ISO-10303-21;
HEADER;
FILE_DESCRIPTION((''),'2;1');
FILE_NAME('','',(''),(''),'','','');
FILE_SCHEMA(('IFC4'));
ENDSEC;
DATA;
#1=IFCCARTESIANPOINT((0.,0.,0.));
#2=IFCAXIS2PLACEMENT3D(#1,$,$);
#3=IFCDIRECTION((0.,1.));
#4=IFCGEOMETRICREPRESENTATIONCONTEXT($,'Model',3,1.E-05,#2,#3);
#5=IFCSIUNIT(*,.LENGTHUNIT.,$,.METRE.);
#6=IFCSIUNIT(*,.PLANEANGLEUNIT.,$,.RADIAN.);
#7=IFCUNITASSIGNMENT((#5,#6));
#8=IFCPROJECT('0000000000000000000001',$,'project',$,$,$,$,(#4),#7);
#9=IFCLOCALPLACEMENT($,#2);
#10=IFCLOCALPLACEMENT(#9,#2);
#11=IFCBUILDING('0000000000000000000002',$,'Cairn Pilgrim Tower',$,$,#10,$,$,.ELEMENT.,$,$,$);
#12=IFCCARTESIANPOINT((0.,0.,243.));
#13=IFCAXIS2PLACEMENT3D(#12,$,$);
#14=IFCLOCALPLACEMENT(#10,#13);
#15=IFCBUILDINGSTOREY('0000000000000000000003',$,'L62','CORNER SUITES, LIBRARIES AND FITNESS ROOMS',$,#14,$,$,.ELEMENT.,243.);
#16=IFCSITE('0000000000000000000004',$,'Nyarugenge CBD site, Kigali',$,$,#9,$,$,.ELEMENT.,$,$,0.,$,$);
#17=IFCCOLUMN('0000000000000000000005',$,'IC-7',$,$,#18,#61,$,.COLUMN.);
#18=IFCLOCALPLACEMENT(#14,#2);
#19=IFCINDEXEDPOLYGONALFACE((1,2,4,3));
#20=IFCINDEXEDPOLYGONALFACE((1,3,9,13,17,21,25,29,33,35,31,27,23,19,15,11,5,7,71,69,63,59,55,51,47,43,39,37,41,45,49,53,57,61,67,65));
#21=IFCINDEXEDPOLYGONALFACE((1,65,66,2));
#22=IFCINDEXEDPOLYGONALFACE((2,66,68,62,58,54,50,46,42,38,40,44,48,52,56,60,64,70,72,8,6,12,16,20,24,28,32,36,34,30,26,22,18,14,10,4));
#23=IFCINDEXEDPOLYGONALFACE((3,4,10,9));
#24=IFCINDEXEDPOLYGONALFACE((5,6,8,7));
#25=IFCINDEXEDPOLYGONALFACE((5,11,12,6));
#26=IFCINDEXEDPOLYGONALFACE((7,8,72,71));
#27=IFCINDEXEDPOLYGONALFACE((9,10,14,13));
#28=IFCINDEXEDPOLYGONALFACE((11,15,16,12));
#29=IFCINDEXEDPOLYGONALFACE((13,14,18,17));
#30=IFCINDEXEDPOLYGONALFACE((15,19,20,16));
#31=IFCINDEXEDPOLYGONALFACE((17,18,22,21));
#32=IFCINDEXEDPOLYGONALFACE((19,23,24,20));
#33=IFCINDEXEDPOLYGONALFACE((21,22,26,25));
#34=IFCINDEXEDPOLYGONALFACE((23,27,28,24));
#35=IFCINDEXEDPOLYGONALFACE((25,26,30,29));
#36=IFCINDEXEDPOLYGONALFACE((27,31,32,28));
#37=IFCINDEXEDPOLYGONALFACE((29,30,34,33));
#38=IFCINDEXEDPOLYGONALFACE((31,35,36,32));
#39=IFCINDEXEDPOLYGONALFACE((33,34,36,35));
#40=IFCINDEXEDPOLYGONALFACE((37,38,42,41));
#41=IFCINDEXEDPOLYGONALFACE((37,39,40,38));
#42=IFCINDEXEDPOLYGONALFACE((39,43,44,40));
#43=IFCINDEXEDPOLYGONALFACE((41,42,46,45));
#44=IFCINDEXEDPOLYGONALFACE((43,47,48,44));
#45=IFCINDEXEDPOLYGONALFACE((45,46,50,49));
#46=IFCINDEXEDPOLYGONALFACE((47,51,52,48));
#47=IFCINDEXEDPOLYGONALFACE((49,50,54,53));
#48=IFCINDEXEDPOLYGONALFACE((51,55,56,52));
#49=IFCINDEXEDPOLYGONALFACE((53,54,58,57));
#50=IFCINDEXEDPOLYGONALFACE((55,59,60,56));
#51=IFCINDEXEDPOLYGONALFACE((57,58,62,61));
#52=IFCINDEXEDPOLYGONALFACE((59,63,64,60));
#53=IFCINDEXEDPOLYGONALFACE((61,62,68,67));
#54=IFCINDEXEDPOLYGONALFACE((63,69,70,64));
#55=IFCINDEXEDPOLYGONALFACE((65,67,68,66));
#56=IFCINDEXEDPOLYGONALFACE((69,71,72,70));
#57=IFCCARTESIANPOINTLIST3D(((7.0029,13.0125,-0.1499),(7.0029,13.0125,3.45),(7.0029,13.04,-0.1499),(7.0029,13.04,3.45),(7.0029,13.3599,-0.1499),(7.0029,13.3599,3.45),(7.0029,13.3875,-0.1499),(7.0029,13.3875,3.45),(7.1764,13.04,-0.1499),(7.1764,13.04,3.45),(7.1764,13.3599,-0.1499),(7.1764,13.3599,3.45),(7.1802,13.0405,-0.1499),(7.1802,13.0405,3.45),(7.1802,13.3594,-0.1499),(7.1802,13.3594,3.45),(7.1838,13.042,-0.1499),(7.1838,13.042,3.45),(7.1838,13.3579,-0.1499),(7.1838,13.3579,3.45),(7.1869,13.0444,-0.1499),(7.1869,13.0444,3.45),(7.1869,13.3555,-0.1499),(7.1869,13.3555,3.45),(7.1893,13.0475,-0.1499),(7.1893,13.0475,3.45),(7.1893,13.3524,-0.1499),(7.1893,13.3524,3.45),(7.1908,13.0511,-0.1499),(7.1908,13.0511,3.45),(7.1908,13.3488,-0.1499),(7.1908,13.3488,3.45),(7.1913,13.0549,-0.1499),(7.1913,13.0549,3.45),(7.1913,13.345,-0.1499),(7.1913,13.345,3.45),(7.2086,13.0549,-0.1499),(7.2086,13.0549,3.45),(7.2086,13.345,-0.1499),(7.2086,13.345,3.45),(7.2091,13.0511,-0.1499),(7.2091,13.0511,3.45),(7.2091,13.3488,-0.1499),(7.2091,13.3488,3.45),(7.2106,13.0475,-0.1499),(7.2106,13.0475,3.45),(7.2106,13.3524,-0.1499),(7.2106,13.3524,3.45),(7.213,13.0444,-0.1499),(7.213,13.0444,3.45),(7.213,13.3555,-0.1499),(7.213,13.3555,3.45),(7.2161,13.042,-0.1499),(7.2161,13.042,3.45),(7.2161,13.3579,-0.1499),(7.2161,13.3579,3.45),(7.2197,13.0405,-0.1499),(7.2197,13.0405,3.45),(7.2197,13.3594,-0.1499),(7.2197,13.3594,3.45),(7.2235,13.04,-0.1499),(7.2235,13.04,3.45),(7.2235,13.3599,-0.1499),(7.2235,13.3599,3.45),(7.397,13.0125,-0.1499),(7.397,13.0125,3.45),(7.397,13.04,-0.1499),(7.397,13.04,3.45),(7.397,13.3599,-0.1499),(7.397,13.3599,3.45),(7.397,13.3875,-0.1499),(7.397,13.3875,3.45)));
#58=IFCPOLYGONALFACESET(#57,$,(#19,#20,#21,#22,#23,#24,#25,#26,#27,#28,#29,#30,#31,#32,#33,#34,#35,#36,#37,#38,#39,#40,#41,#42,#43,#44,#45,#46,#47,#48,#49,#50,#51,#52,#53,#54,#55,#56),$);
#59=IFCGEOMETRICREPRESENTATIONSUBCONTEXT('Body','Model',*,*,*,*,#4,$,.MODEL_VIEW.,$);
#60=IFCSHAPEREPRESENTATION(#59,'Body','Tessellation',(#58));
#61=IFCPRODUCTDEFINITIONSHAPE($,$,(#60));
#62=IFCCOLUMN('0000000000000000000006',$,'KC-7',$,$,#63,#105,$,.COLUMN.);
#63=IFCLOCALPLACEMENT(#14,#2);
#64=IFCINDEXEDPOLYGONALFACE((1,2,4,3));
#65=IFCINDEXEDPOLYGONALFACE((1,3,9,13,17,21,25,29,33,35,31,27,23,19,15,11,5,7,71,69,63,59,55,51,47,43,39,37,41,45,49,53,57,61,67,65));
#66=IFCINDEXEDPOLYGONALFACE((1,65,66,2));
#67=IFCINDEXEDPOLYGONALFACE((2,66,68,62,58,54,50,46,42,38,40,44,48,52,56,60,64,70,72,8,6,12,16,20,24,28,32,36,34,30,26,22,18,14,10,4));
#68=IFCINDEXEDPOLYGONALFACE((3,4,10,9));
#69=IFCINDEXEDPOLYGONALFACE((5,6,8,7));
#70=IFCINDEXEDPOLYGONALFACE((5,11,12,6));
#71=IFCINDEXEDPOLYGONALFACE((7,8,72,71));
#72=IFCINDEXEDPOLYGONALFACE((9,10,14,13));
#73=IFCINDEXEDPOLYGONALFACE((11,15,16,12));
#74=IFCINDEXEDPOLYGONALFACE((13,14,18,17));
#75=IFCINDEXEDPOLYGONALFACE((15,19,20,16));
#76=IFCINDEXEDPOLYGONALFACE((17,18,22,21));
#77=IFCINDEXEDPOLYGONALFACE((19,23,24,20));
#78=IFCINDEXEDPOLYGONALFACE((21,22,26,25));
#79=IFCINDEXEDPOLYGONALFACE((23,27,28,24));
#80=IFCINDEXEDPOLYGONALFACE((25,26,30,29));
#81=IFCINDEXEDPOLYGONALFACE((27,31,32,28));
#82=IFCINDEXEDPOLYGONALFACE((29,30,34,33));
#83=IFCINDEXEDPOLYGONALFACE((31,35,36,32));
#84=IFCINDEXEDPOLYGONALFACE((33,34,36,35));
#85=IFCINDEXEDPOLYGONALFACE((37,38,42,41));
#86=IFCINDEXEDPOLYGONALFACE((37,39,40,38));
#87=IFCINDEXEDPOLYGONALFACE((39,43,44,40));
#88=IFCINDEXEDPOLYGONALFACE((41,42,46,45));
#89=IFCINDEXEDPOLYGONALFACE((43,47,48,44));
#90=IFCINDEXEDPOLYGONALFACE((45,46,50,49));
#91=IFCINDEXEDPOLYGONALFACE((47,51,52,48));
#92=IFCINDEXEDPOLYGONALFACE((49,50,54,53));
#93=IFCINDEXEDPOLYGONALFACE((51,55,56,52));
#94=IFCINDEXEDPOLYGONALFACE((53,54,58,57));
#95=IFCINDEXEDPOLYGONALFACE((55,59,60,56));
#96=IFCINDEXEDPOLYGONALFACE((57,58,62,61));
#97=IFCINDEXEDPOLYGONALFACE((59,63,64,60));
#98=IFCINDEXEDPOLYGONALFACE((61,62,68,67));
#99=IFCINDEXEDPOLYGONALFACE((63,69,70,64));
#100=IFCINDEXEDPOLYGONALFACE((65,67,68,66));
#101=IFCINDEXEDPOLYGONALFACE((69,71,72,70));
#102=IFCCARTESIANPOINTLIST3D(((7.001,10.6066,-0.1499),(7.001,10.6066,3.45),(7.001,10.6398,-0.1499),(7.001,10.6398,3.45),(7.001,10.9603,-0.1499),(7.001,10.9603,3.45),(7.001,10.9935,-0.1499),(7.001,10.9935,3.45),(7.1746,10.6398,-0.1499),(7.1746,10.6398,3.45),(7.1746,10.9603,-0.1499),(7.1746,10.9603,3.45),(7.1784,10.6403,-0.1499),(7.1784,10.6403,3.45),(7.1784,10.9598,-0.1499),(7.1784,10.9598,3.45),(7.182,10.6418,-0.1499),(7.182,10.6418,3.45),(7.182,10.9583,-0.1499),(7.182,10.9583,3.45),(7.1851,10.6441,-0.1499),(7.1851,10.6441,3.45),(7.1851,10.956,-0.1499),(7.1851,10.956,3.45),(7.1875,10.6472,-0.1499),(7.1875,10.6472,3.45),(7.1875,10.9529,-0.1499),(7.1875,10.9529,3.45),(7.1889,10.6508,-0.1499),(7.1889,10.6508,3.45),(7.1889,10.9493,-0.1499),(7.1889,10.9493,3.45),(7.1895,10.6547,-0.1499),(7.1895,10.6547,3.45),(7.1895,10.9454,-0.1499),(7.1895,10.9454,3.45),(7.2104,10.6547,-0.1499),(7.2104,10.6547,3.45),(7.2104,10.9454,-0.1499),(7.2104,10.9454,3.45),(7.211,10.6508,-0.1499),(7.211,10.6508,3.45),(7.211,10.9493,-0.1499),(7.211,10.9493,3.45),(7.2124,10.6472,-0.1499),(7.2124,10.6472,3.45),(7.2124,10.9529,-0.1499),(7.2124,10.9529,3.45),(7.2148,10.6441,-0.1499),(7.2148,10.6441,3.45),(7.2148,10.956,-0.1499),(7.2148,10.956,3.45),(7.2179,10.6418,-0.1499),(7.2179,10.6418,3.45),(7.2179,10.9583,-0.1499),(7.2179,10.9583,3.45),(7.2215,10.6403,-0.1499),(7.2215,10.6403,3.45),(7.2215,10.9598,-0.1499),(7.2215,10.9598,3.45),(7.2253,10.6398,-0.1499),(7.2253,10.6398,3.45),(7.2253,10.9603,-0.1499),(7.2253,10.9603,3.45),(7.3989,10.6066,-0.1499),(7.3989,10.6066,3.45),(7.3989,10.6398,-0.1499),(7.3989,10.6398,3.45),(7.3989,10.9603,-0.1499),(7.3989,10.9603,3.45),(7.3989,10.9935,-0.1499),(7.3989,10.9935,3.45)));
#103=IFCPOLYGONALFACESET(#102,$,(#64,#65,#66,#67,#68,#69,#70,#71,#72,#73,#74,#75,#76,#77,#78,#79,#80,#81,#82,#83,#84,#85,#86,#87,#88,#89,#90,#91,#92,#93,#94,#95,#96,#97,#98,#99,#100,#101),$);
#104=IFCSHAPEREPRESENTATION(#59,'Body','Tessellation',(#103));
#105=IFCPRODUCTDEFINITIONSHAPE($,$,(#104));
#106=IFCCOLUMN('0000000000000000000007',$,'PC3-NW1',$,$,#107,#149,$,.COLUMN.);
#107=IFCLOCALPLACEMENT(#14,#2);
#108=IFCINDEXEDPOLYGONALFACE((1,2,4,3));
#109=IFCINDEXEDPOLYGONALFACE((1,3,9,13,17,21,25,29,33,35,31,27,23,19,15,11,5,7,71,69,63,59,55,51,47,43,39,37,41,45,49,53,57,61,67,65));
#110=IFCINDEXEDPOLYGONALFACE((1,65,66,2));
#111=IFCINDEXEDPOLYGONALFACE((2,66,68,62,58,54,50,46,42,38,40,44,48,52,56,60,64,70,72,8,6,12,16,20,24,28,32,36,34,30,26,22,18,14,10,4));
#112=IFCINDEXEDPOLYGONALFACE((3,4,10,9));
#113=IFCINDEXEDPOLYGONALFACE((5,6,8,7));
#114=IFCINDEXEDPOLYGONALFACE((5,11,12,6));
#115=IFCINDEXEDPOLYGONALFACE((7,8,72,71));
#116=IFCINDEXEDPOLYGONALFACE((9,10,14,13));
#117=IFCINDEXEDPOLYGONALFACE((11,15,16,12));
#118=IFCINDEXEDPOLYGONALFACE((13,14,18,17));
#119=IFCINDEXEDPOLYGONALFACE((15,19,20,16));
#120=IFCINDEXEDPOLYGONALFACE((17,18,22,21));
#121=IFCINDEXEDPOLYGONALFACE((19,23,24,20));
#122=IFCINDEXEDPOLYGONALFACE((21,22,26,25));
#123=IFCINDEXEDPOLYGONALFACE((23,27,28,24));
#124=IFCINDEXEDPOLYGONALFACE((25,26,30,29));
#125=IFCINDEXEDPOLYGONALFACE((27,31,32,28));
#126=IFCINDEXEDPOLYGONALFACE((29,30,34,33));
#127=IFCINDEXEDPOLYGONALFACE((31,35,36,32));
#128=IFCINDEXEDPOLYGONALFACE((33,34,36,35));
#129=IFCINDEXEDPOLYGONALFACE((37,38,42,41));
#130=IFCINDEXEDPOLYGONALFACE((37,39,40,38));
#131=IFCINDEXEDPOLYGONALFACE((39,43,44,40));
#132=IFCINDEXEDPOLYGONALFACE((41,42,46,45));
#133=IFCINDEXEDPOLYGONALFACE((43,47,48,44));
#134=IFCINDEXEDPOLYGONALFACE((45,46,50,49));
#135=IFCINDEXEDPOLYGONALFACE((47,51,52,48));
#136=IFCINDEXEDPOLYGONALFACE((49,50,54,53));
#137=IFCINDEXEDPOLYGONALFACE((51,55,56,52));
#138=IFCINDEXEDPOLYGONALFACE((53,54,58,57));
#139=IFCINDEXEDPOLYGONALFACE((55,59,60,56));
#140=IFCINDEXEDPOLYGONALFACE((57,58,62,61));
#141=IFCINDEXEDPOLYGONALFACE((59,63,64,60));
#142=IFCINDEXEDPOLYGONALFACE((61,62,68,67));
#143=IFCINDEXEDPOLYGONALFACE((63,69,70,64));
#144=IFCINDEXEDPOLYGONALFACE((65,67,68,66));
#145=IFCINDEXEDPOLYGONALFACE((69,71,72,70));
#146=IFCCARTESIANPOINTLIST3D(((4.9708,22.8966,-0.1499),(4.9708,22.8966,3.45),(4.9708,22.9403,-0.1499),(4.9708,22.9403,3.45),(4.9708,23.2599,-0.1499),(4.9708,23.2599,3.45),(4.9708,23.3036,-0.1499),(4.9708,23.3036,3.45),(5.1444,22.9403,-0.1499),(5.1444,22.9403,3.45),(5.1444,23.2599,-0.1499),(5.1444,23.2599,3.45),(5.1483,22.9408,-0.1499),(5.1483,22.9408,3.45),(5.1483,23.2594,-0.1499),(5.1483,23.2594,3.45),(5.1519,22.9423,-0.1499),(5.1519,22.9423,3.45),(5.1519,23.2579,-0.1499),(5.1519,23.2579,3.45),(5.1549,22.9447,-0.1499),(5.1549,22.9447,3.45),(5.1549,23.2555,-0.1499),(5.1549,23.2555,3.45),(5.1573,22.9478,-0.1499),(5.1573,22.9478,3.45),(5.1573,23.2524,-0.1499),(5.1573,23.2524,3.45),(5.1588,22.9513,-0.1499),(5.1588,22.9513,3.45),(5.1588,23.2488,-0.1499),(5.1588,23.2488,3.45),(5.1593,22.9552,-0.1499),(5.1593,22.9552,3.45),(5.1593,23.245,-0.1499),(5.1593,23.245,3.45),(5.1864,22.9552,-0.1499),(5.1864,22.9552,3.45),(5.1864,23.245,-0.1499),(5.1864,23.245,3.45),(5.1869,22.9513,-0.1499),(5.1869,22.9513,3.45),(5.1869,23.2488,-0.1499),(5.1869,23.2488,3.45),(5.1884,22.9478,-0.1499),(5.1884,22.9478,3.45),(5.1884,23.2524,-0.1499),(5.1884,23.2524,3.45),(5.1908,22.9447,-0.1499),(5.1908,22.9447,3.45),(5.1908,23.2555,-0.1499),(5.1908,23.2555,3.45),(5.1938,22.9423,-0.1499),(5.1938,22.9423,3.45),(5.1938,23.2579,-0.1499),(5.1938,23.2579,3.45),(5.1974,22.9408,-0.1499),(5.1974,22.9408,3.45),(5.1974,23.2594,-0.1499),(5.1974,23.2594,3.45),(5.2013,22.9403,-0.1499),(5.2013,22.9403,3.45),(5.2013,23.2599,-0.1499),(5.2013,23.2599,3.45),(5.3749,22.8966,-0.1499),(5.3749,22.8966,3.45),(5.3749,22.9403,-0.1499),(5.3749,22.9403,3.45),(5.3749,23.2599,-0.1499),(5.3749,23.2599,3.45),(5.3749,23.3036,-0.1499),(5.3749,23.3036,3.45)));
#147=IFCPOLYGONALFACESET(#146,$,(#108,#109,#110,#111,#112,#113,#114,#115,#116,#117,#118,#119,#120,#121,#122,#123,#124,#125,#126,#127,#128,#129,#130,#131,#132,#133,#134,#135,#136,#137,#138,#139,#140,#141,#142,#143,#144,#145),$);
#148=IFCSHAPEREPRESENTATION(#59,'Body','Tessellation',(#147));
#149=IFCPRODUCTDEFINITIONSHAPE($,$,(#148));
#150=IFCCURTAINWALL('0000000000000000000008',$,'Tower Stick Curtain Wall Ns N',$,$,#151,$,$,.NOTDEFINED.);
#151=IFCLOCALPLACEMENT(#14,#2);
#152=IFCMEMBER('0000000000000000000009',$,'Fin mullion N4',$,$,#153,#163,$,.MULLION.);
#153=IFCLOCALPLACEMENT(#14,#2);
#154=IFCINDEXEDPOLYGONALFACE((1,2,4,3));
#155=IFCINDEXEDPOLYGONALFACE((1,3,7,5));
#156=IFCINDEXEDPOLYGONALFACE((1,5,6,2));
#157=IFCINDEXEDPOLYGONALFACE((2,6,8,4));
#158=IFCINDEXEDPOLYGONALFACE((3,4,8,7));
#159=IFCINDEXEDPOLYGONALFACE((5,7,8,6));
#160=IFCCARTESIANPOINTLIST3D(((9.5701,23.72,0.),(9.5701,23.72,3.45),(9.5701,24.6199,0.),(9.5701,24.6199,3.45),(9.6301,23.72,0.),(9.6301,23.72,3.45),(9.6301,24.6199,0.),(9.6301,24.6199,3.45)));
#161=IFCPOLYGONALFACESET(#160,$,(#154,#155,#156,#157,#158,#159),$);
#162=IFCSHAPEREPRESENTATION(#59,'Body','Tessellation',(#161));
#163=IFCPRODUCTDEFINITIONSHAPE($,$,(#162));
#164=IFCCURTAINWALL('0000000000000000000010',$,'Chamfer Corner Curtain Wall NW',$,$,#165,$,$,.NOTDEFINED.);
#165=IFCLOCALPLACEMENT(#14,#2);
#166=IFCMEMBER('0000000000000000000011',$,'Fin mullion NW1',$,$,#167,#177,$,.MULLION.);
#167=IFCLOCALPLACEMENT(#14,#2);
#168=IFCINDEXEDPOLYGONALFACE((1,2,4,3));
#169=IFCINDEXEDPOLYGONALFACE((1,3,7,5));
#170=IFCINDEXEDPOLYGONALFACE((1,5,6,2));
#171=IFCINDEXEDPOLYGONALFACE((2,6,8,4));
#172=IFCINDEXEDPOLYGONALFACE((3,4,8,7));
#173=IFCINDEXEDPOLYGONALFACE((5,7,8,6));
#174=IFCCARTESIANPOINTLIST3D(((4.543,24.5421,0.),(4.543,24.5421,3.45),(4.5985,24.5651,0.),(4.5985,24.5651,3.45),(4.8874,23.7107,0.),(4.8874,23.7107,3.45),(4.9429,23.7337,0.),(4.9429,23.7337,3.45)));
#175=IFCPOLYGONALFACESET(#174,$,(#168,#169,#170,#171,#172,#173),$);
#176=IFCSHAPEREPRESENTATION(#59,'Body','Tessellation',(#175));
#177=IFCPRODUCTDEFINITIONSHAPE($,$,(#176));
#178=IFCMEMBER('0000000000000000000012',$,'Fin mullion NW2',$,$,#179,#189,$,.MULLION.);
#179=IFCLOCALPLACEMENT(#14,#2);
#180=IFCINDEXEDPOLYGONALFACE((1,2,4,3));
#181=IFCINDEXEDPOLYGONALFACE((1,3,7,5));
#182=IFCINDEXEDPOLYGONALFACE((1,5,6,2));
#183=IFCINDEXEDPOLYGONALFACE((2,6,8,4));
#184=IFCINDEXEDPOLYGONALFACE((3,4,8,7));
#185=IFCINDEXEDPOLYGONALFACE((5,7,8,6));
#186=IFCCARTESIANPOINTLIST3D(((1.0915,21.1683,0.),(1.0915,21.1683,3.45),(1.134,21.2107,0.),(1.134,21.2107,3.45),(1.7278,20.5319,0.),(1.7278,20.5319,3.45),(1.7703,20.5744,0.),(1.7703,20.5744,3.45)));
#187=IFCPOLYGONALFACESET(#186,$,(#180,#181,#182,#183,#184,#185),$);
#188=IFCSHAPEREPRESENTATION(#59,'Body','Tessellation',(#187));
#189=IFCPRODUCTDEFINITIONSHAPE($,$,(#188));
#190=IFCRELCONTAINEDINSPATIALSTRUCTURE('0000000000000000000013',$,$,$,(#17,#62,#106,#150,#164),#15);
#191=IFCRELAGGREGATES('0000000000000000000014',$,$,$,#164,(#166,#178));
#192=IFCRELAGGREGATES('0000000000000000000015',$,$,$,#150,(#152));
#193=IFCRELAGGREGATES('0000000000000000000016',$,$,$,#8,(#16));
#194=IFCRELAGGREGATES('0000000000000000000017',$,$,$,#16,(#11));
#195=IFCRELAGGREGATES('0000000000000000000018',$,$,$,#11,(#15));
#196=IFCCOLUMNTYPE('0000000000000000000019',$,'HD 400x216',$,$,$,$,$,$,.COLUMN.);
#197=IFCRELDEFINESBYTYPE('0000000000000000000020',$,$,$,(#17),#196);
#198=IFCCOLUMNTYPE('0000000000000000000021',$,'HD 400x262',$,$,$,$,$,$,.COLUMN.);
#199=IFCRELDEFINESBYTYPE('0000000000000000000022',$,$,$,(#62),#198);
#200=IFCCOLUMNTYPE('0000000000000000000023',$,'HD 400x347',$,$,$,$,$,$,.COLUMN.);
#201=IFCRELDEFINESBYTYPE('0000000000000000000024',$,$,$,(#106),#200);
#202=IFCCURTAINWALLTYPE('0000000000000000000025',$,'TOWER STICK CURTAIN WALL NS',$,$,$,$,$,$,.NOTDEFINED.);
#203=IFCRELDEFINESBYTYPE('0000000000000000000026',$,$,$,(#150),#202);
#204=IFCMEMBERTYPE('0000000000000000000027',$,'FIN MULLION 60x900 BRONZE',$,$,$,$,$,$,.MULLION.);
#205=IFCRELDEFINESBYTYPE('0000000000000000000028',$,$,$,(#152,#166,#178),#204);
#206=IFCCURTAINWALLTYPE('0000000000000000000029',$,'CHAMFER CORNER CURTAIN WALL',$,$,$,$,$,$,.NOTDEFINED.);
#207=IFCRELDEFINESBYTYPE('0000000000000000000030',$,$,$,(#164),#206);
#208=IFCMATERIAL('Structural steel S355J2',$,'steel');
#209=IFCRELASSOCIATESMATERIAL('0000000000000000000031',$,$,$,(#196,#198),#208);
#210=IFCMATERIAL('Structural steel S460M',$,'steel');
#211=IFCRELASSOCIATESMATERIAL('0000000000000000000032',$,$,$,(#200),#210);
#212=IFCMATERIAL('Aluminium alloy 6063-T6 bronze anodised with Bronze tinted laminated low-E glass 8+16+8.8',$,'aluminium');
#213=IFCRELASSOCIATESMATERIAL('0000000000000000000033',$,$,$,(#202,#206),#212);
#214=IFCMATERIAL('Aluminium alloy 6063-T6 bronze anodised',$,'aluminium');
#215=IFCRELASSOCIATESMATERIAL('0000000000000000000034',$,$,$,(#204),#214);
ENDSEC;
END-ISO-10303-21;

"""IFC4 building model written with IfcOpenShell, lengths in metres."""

from ifc_helpers import new_model, si_unit, direction, frame, origin, origin_2d, place, context, subcontext, project, spatial, rectangle, i_section, extrude, material, material_profile, profile_set, type_object, element, aggregate, save


model = new_model("IFC4")

# Units and contexts
model_context = context("Model", 3, precision=1e-05, world=origin(), true_north=direction((0.0, 1.0)))
body_context = subcontext(model_context, "Body", "Model", "MODEL_VIEW")
ifc_project = project(units=[si_unit("LENGTHUNIT", "METRE"), si_unit("PLANEANGLEUNIT", "RADIAN")], contexts=[model_context])

# Site, building, storey
site_placement = place(None, origin())
site = spatial("IfcSite", under=ifc_project, at=site_placement, Name="Nyarugenge CBD site, Kigali", CompositionType="ELEMENT", RefElevation=0.0)
building_placement = place(site_placement, origin())
building = spatial("IfcBuilding", under=site, at=building_placement, Name="Cairn Pilgrim Tower", CompositionType="ELEMENT")
storey_placement = place(building_placement, frame((0.0, 0.0, 243.0)))
storey = spatial("IfcBuildingStorey", under=building, at=storey_placement, Name="L62", Description="CORNER SUITES, LIBRARIES AND FITNESS ROOMS", CompositionType="ELEMENT", Elevation=243.0)

# Columns
ifc_material_1 = material(Name="Structural steel S355J2", Category="steel")
ifc_material_profile_1 = material_profile(ifc_material_1, i_section(OverallWidth=0.394, OverallDepth=0.375, WebThickness=0.0173, FlangeThickness=0.0276, FilletRadius=0.0149, at=origin_2d()), Name="HD 400x216")
ifc_profile_set_1 = profile_set([ifc_material_profile_1], Name="Structural steel S355J2")
column_type_1 = type_object("IfcColumnType", Name="HD 400x216", PredefinedType="COLUMN", material=ifc_profile_set_1)
column_1_placement = place(storey_placement, frame((7.2, 13.2, -0.1499), z_axis=(0.0, 0.0, 1.0), x_axis=(1.0, 0.0, 0.0)))
element("IfcColumn", 1, at=column_1_placement, inside=storey, type_object=column_type_1, Name="IC-7", PredefinedType="COLUMN", context=body_context, shape_type="SweptSolid", body=[
    extrude(i_section(OverallWidth=0.394, OverallDepth=0.375, WebThickness=0.0173, FlangeThickness=0.0276, FilletRadius=0.0149, at=origin_2d()), origin(), (0.0, 0.0, 1.0), 3.5999),
])
ifc_material_profile_2 = material_profile(ifc_material_1, i_section(OverallWidth=0.3979, OverallDepth=0.387, WebThickness=0.021, FlangeThickness=0.0332, FilletRadius=0.0149, at=origin_2d()), Name="HD 400x262")
ifc_profile_set_2 = profile_set([ifc_material_profile_2], Name="Structural steel S355J2")
column_type_2 = type_object("IfcColumnType", Name="HD 400x262", PredefinedType="COLUMN", material=ifc_profile_set_2)
column_2_placement = place(storey_placement, frame((7.2, 10.8, -0.1499), z_axis=(0.0, 0.0, 1.0), x_axis=(1.0, 0.0, 0.0)))
element("IfcColumn", 2, at=column_2_placement, inside=storey, type_object=column_type_2, Name="KC-7", PredefinedType="COLUMN", context=body_context, shape_type="SweptSolid", body=[
    extrude(i_section(OverallWidth=0.3979, OverallDepth=0.387, WebThickness=0.021, FlangeThickness=0.0332, FilletRadius=0.0149, at=origin_2d()), origin(), (0.0, 0.0, 1.0), 3.5999),
])
ifc_material_2 = material(Name="Structural steel S460M", Category="steel")
ifc_material_profile_3 = material_profile(ifc_material_2, i_section(OverallWidth=0.4041, OverallDepth=0.407, WebThickness=0.0271, FlangeThickness=0.0437, FilletRadius=0.0149, at=origin_2d()), Name="HD 400x347")
ifc_profile_set_3 = profile_set([ifc_material_profile_3], Name="Structural steel S460M")
column_type_3 = type_object("IfcColumnType", Name="HD 400x347", PredefinedType="COLUMN", material=ifc_profile_set_3)
column_3_placement = place(storey_placement, frame((5.1729, 23.1001, -0.1499), z_axis=(0.0, 0.0, 1.0), x_axis=(1.0, 0.0, 0.0)))
element("IfcColumn", 3, at=column_3_placement, inside=storey, type_object=column_type_3, Name="PC3-NW1", PredefinedType="COLUMN", context=body_context, shape_type="SweptSolid", body=[
    extrude(i_section(OverallWidth=0.4041, OverallDepth=0.407, WebThickness=0.0271, FlangeThickness=0.0437, FilletRadius=0.0149, at=origin_2d()), origin(), (0.0, 0.0, 1.0), 3.5999),
])

# Curtain wall, member
ifc_material_3 = material(Name="Aluminium alloy 6063-T6 bronze anodised with Bronze tinted laminated low-E glass 8+16+8.8", Category="aluminium")
curtain_wall_type_1 = type_object("IfcCurtainWallType", Name="TOWER STICK CURTAIN WALL NS", PredefinedType="NOTDEFINED", material=ifc_material_3)
curtain_wall_1_placement = place(storey_placement, origin())
curtain_wall_1 = element("IfcCurtainWall", 4, at=curtain_wall_1_placement, inside=storey, type_object=curtain_wall_type_1, Name="Tower Stick Curtain Wall Ns N", PredefinedType="NOTDEFINED")
ifc_material_4 = material(Name="Aluminium alloy 6063-T6 bronze anodised", Category="aluminium")
ifc_material_profile_4 = material_profile(ifc_material_4, rectangle(XDim=0.8999, YDim=0.0601, at=origin_2d()), Name="FIN MULLION 60x900 BRONZE")
ifc_profile_set_4 = profile_set([ifc_material_profile_4], Name="Aluminium alloy 6063-T6 bronze anodised")
member_type_1 = type_object("IfcMemberType", Name="FIN MULLION 60x900 BRONZE", PredefinedType="MULLION", material=ifc_profile_set_4)
member_1_placement = place(storey_placement, frame((9.6001, 24.1699, 0.0), z_axis=(0.0, 0.0, 1.0), x_axis=(0.0, 1.0, 0.0)))
member_1 = element("IfcMember", 5, at=member_1_placement, type_object=member_type_1, Name="Fin mullion N4", PredefinedType="MULLION", context=body_context, shape_type="SweptSolid", body=[
    extrude(rectangle(XDim=0.8999, YDim=0.0601, at=origin_2d()), origin(), (0.0, 0.0, 1.0), 3.45),
])

# Curtain wall, members
curtain_wall_type_2 = type_object("IfcCurtainWallType", Name="CHAMFER CORNER CURTAIN WALL", PredefinedType="NOTDEFINED", material=ifc_material_3)
curtain_wall_2_placement = place(storey_placement, origin())
curtain_wall_2 = element("IfcCurtainWall", 6, at=curtain_wall_2_placement, inside=storey, type_object=curtain_wall_type_2, Name="Chamfer Corner Curtain Wall NW", PredefinedType="NOTDEFINED")
member_2_placement = place(storey_placement, frame((4.7429, 24.1379, 0.0), z_axis=(0.0, 0.0, 1.0), x_axis=(-0.382683, 0.92388, 0.0)))
member_2 = element("IfcMember", 7, at=member_2_placement, type_object=member_type_1, Name="Fin mullion NW1", PredefinedType="MULLION", context=body_context, shape_type="SweptSolid", body=[
    extrude(rectangle(XDim=0.8999, YDim=0.0601, at=origin_2d()), origin(), (0.0, 0.0, 1.0), 3.45),
])
member_3_placement = place(storey_placement, frame((1.4309, 20.8713, 0.0), z_axis=(0.0, 0.0, 1.0), x_axis=(-0.707107, 0.707107, 0.0)))
member_3 = element("IfcMember", 8, at=member_3_placement, type_object=member_type_1, Name="Fin mullion NW2", PredefinedType="MULLION", context=body_context, shape_type="SweptSolid", body=[
    extrude(rectangle(XDim=0.8999, YDim=0.0601, at=origin_2d()), origin(), (0.0, 0.0, 1.0), 3.45),
])

aggregate(curtain_wall_2, [member_2, member_3])
aggregate(curtain_wall_1, [member_1])

save(model, "model.ifc")
